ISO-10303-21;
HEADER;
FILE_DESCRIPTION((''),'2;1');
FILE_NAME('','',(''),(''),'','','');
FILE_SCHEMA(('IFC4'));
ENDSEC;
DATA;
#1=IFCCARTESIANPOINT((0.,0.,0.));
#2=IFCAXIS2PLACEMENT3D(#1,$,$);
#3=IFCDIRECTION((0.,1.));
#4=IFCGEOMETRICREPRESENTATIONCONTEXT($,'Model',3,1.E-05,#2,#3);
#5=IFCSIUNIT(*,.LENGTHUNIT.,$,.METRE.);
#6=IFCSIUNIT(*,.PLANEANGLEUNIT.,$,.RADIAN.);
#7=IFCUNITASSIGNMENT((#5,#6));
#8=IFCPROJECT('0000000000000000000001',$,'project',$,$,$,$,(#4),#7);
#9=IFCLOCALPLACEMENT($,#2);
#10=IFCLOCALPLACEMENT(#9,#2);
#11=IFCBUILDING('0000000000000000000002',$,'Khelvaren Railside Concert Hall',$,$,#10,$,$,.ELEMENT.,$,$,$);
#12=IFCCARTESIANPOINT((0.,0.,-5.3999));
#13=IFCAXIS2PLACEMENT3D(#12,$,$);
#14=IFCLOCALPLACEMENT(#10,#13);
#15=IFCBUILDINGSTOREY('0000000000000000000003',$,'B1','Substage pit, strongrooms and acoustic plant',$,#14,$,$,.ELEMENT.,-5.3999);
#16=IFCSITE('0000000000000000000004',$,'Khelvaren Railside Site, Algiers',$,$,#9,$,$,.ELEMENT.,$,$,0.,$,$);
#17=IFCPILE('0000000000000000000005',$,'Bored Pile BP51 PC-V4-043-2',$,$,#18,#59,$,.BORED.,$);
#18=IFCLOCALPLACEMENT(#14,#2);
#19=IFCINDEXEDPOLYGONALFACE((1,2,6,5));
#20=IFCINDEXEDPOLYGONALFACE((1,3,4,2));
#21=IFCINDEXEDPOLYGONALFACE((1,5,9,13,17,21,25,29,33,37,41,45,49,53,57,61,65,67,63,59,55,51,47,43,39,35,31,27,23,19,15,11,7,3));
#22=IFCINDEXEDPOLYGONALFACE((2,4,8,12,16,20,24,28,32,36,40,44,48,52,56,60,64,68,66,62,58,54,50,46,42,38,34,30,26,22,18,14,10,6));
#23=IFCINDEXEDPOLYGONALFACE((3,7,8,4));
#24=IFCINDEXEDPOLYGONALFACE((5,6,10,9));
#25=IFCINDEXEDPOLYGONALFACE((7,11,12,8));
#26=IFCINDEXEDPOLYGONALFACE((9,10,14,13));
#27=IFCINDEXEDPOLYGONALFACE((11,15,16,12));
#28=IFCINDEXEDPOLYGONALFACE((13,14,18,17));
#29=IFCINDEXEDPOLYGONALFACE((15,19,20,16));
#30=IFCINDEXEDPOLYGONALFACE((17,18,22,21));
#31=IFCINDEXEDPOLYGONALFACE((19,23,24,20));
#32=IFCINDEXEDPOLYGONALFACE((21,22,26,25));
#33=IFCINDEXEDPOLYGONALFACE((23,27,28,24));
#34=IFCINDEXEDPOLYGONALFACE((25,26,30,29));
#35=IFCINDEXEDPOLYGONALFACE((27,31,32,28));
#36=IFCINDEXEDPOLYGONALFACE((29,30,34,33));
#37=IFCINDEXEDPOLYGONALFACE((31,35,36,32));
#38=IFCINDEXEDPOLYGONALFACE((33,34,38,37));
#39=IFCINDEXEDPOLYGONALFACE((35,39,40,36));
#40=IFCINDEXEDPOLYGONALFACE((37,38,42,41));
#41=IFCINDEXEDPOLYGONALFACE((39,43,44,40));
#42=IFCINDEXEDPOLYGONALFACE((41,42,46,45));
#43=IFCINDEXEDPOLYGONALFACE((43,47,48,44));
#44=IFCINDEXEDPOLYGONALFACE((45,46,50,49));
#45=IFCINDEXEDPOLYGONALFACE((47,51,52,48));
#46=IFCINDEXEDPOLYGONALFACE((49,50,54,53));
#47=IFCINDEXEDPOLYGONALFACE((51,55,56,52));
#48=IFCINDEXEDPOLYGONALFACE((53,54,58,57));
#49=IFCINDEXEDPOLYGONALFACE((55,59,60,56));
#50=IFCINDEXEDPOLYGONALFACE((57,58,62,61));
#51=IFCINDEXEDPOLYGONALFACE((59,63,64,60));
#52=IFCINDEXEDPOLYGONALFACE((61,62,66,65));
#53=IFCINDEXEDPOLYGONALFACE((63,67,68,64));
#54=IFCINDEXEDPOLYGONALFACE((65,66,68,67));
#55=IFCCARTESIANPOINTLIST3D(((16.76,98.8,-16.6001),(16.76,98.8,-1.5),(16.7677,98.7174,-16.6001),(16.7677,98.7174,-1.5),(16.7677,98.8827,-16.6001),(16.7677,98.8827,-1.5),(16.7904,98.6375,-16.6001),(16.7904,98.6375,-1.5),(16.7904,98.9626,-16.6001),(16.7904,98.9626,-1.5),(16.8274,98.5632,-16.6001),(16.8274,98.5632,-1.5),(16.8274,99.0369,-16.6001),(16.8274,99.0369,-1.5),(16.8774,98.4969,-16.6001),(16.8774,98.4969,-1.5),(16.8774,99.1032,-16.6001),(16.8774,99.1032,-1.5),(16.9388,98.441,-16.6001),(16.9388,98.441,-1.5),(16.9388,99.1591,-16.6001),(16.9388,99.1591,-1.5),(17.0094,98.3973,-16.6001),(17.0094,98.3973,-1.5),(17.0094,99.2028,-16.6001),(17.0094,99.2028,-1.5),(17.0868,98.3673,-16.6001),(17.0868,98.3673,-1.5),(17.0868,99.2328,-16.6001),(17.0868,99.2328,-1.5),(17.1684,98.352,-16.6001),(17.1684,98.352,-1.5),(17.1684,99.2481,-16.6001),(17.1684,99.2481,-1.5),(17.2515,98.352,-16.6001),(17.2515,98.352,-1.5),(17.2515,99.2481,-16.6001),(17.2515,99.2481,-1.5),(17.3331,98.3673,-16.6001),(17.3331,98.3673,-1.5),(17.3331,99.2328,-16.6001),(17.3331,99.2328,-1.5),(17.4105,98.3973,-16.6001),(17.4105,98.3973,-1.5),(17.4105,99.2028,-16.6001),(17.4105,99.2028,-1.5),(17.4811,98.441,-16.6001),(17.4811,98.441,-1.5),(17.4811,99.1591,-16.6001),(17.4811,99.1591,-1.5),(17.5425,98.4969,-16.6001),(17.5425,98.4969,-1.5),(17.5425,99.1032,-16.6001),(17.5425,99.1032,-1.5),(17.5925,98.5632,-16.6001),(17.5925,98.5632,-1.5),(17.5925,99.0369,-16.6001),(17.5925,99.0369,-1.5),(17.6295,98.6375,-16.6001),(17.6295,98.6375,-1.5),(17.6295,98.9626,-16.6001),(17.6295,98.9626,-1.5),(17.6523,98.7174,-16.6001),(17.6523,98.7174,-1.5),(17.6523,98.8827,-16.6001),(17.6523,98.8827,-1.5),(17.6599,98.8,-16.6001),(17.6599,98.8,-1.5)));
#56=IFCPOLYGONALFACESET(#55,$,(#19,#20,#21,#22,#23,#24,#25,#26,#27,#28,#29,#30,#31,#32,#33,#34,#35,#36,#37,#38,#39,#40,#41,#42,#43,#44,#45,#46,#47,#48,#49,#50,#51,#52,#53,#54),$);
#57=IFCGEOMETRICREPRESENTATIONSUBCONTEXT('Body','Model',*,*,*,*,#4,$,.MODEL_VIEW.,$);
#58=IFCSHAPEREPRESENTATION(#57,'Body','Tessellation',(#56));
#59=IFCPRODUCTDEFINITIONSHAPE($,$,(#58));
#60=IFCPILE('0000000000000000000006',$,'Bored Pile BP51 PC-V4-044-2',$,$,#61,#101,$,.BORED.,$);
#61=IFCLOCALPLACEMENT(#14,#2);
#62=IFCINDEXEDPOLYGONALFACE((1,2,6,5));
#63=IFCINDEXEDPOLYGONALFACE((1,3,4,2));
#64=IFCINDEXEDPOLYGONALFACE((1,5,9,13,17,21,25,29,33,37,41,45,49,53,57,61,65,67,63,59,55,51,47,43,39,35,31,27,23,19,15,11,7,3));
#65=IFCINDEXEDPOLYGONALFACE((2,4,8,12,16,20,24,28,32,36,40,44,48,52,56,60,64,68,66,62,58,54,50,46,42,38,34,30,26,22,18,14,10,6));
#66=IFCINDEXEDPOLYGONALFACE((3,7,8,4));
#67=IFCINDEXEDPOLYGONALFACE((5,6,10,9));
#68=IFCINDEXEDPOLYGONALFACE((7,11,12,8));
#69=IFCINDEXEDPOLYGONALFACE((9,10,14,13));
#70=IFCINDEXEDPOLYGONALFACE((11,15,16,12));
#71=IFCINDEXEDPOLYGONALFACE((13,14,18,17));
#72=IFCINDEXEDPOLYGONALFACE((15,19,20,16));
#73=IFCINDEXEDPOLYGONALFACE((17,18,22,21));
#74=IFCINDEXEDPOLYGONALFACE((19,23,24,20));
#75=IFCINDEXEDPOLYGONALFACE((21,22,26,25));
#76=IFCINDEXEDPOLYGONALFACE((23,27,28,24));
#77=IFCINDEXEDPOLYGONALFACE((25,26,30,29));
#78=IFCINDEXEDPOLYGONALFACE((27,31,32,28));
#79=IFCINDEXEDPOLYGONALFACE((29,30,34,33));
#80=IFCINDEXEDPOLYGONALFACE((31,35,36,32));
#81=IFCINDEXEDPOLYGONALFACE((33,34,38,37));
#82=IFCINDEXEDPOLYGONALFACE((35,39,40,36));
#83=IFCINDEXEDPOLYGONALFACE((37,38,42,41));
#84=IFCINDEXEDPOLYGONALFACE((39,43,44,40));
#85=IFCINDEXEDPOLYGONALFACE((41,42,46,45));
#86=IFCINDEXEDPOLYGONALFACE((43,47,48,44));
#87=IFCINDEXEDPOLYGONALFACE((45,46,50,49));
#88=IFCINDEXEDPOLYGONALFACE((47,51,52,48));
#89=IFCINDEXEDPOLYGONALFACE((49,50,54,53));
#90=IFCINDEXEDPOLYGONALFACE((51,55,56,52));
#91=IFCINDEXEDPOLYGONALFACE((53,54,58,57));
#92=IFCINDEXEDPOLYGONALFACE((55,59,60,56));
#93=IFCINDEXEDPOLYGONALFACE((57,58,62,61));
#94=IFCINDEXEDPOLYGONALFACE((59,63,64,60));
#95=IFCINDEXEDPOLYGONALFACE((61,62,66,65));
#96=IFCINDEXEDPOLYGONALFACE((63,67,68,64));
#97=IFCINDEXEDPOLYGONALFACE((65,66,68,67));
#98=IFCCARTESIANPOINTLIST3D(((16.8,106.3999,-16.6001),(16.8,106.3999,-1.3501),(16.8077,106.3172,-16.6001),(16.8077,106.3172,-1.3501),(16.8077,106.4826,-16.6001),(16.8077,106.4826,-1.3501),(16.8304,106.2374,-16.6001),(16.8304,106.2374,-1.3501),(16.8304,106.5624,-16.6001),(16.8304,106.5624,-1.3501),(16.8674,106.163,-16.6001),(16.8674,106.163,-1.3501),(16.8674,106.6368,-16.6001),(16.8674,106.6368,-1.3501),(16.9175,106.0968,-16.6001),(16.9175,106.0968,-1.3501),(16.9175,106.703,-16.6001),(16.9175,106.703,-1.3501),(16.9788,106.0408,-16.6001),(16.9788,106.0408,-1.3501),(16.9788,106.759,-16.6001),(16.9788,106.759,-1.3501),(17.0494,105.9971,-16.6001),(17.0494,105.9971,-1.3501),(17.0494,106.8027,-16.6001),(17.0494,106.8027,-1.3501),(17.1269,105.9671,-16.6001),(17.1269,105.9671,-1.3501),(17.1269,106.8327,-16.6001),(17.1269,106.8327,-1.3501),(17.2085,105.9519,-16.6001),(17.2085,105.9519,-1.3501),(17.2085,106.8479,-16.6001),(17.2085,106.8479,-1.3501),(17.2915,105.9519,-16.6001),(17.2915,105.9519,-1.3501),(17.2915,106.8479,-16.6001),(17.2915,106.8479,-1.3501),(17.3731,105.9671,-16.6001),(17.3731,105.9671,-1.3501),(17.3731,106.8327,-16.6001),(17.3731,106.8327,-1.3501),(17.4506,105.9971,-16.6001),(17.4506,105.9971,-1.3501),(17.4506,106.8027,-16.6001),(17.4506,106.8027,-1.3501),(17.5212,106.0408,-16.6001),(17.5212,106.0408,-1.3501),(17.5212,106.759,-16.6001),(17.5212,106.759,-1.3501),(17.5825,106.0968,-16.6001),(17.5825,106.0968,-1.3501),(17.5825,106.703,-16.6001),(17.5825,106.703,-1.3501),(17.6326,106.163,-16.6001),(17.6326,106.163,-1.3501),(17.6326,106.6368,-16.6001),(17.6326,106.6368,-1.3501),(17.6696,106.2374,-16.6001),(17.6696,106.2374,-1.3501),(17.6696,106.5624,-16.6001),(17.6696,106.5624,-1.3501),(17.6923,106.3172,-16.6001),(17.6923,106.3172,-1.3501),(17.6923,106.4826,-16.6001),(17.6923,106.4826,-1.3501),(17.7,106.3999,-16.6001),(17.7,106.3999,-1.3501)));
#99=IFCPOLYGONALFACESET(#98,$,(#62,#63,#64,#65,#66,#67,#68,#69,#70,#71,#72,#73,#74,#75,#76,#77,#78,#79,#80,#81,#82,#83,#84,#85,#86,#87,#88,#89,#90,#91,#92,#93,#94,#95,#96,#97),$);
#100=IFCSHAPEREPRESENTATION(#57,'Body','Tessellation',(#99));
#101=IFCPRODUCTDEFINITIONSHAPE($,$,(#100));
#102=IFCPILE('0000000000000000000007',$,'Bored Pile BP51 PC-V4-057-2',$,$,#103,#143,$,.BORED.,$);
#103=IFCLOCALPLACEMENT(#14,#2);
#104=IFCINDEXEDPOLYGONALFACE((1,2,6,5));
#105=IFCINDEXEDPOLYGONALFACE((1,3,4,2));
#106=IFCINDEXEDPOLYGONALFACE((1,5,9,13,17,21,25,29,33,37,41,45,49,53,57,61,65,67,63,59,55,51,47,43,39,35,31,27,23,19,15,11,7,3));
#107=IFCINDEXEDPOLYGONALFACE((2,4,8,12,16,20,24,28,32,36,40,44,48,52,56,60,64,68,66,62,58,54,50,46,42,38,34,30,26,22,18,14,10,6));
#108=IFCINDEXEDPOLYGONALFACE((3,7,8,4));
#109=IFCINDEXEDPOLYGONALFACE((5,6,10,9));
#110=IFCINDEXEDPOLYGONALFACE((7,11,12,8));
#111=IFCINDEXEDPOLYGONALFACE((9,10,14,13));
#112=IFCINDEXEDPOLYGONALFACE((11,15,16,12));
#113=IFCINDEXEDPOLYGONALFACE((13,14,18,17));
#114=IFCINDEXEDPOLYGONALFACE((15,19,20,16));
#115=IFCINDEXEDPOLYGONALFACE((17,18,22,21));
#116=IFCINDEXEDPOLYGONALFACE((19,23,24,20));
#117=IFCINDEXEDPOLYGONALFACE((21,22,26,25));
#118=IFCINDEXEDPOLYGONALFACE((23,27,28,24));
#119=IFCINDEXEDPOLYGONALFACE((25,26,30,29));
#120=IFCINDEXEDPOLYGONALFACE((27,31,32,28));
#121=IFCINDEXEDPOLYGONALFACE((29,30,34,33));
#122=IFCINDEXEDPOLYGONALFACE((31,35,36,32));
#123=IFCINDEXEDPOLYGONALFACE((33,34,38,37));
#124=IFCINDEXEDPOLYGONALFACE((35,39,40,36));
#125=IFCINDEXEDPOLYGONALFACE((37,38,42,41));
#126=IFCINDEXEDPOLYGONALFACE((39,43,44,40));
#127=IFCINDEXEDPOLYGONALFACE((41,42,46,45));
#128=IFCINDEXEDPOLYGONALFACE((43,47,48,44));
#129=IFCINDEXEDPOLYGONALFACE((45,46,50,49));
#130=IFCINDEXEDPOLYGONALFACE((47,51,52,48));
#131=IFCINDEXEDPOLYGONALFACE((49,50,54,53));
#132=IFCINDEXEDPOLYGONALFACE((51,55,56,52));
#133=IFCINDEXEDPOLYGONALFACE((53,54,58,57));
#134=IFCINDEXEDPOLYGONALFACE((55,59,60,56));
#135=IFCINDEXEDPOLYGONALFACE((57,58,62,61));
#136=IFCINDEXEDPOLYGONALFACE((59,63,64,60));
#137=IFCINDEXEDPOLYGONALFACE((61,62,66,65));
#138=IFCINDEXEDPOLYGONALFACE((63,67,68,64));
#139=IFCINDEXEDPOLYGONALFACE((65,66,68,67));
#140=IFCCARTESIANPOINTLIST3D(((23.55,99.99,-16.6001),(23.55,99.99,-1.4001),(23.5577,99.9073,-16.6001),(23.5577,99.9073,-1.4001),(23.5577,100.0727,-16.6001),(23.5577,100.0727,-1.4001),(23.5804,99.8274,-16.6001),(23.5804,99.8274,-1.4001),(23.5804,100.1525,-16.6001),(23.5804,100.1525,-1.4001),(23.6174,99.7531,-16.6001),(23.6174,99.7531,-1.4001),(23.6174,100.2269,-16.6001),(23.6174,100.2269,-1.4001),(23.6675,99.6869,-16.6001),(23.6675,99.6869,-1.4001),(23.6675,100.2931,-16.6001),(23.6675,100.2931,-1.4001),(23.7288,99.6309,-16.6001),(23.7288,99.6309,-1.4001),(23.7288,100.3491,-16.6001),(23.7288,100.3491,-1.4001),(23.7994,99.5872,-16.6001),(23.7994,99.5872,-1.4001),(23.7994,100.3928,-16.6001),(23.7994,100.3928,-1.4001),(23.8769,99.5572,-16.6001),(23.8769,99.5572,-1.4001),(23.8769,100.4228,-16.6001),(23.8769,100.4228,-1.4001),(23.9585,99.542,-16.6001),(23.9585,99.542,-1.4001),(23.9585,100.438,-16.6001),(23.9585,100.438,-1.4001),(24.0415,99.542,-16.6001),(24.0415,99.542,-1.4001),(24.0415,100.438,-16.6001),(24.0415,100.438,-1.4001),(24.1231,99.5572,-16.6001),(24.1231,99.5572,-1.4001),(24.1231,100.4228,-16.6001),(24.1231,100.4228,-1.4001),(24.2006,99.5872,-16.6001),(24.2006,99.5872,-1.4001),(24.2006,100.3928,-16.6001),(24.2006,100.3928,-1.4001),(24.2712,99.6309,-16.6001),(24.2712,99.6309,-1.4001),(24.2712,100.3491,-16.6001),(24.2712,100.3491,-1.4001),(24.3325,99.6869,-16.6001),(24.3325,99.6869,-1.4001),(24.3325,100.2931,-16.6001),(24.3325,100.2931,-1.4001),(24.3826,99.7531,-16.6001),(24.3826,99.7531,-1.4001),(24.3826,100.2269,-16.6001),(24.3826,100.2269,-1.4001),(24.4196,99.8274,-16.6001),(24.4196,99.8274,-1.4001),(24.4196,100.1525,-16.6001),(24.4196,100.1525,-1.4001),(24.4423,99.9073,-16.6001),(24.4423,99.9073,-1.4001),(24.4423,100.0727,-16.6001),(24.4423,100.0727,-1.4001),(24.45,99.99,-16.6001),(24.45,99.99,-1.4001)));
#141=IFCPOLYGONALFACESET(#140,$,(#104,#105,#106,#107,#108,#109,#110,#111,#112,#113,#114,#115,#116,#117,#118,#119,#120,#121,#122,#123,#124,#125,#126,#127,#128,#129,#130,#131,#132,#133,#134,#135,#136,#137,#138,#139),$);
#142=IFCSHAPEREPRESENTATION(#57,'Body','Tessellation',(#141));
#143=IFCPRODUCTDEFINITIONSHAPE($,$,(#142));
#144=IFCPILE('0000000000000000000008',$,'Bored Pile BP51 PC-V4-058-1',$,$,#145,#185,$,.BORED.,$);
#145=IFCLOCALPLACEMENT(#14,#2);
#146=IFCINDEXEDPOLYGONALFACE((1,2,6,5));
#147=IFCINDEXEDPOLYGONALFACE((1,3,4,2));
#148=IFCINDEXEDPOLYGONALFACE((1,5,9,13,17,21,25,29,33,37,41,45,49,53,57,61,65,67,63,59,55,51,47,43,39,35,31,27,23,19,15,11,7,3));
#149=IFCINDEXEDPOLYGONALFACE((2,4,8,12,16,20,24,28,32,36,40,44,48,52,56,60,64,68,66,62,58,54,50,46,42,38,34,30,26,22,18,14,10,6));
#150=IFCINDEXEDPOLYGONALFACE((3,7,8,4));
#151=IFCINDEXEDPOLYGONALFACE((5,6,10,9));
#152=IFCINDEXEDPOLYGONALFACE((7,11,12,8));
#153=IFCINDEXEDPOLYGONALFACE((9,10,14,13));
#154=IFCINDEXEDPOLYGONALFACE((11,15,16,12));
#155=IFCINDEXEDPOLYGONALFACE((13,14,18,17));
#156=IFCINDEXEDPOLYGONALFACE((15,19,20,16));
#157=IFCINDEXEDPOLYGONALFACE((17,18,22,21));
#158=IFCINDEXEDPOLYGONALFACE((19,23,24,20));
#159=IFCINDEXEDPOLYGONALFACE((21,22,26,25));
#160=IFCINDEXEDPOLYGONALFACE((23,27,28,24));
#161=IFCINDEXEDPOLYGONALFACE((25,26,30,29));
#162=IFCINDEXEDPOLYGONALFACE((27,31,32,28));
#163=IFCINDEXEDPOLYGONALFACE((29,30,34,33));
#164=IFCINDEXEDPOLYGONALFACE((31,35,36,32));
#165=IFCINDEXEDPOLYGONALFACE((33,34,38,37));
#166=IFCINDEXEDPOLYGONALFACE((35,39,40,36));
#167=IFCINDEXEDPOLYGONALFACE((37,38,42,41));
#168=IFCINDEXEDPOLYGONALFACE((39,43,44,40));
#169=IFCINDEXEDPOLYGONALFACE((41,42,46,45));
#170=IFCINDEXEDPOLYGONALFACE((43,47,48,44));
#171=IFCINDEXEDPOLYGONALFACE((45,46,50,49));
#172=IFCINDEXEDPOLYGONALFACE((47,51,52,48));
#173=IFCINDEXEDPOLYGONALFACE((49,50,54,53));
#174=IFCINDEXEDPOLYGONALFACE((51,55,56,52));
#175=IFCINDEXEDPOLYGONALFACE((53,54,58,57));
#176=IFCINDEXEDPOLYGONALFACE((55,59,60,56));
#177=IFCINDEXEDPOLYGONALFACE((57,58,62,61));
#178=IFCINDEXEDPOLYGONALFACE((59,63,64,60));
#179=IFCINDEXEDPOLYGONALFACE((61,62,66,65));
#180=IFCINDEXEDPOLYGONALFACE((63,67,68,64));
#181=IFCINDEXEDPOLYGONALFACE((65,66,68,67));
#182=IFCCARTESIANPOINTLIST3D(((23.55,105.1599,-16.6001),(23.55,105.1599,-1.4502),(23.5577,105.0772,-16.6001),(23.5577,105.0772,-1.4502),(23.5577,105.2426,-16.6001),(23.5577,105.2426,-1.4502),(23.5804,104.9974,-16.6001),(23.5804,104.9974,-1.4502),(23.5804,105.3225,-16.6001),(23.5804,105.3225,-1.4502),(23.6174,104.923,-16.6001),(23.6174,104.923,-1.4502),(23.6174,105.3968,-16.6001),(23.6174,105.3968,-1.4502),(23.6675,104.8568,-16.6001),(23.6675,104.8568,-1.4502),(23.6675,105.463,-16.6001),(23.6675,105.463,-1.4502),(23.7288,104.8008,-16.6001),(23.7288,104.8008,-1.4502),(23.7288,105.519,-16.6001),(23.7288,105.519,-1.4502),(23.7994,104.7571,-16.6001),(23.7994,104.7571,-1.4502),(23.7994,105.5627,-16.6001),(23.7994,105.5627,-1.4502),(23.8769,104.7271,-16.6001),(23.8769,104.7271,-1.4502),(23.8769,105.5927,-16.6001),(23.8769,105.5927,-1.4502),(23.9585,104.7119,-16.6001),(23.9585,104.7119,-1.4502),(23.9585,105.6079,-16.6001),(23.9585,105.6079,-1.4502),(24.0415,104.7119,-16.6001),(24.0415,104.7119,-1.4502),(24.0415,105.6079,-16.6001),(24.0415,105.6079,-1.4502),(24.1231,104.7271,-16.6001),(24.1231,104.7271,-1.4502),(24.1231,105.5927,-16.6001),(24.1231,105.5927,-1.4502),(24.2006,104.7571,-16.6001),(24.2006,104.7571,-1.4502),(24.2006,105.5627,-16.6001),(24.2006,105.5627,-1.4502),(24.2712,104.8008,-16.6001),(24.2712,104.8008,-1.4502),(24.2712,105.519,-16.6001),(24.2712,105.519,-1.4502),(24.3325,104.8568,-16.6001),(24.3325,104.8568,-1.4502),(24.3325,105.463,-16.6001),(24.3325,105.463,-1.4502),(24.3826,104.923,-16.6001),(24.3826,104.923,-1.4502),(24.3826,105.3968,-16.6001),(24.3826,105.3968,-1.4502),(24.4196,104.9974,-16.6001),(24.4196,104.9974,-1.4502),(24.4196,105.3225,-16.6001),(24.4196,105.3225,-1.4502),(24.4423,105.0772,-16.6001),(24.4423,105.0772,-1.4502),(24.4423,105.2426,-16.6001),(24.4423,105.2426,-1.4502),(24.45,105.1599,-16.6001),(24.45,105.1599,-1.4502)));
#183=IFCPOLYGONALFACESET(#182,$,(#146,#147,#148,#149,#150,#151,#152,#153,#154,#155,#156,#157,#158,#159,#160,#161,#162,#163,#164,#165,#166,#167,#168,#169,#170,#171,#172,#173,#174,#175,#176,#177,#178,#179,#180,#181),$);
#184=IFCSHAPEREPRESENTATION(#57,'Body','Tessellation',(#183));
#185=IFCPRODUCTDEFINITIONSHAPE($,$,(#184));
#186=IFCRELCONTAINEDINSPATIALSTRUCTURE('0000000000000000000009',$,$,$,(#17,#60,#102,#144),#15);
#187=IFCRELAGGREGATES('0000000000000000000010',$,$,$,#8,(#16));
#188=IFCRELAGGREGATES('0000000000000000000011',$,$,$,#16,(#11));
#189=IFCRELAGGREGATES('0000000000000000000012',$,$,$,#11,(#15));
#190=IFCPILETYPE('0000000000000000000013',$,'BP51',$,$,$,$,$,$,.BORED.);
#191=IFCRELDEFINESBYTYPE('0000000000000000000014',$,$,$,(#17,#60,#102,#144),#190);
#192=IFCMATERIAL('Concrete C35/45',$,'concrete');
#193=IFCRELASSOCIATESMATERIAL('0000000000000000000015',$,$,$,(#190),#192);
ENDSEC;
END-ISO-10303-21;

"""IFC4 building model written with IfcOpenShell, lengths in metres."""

from ifc_helpers import new_model, si_unit, direction, frame, origin, origin_2d, place, context, subcontext, project, spatial, circle, extrude, material, material_profile, profile_set, type_object, element, save


model = new_model("IFC4")

# Units and contexts
model_context = context("Model", 3, precision=1e-05, world=origin(), true_north=direction((0.0, 1.0)))
body_context = subcontext(model_context, "Body", "Model", "MODEL_VIEW")
ifc_project = project(units=[si_unit("LENGTHUNIT", "METRE"), si_unit("PLANEANGLEUNIT", "RADIAN")], contexts=[model_context])

# Site, building, storey
site_placement = place(None, origin())
site = spatial("IfcSite", under=ifc_project, at=site_placement, Name="Khelvaren Railside Site, Algiers", CompositionType="ELEMENT", RefElevation=0.0)
building_placement = place(site_placement, origin())
building = spatial("IfcBuilding", under=site, at=building_placement, Name="Khelvaren Railside Concert Hall", CompositionType="ELEMENT")
storey_placement = place(building_placement, frame((0.0, 0.0, -5.3999)))
storey = spatial("IfcBuildingStorey", under=building, at=storey_placement, Name="B1", Description="Substage pit, strongrooms and acoustic plant", CompositionType="ELEMENT", Elevation=-5.3999)

# Piles
ifc_material_1 = material(Name="Concrete C35/45", Category="concrete")
ifc_material_profile_1 = material_profile(ifc_material_1, circle(Radius=0.45, at=origin_2d()), Name="BP D900")
ifc_profile_set_1 = profile_set([ifc_material_profile_1], Name="Concrete C35/45")
pile_type_1 = type_object("IfcPileType", Name="BP51", PredefinedType="BORED", material=ifc_profile_set_1)
pile_1_placement = place(storey_placement, frame((17.21, 98.8, -1.5), z_axis=(0.0, 0.0, -1.0), x_axis=(1.0, 0.0, 0.0)))
element("IfcPile", 1, at=pile_1_placement, inside=storey, type_object=pile_type_1, Name="Bored Pile BP51 PC-V4-043-2", PredefinedType="BORED", context=body_context, shape_type="SweptSolid", body=[
    extrude(circle(Radius=0.45, at=origin_2d()), origin(), (0.0, 0.0, 1.0), 15.1001),
])
pile_2_placement = place(storey_placement, frame((17.25, 106.3999, -1.3501), z_axis=(0.0, 0.0, -1.0), x_axis=(1.0, 0.0, 0.0)))
element("IfcPile", 2, at=pile_2_placement, inside=storey, type_object=pile_type_1, Name="Bored Pile BP51 PC-V4-044-2", PredefinedType="BORED", context=body_context, shape_type="SweptSolid", body=[
    extrude(circle(Radius=0.45, at=origin_2d()), origin(), (0.0, 0.0, 1.0), 15.25),
])
pile_3_placement = place(storey_placement, frame((24.0, 99.99, -1.4001), z_axis=(0.0, 0.0, -1.0), x_axis=(1.0, 0.0, 0.0)))
element("IfcPile", 3, at=pile_3_placement, inside=storey, type_object=pile_type_1, Name="Bored Pile BP51 PC-V4-057-2", PredefinedType="BORED", context=body_context, shape_type="SweptSolid", body=[
    extrude(circle(Radius=0.45, at=origin_2d()), origin(), (0.0, 0.0, 1.0), 15.2),
])
for number, where, z_axis, x_axis, name in (
    (4, (24.0, 105.1599, -1.4502), (0.0, 0.0, -1.0), (1.0, 0.0, 0.0), "Bored Pile BP51 PC-V4-058-1"),
):
    element("IfcPile", number, at=place(storey_placement, frame(where, z_axis=z_axis, x_axis=x_axis)), inside=storey, type_object=pile_type_1, Name=name, PredefinedType="BORED", context=body_context, shape_type="SweptSolid", body=[
        extrude(circle(Radius=0.45, at=origin_2d()), origin(), (0.0, 0.0, 1.0), 15.1499),
    ])

save(model, "model.ifc")
